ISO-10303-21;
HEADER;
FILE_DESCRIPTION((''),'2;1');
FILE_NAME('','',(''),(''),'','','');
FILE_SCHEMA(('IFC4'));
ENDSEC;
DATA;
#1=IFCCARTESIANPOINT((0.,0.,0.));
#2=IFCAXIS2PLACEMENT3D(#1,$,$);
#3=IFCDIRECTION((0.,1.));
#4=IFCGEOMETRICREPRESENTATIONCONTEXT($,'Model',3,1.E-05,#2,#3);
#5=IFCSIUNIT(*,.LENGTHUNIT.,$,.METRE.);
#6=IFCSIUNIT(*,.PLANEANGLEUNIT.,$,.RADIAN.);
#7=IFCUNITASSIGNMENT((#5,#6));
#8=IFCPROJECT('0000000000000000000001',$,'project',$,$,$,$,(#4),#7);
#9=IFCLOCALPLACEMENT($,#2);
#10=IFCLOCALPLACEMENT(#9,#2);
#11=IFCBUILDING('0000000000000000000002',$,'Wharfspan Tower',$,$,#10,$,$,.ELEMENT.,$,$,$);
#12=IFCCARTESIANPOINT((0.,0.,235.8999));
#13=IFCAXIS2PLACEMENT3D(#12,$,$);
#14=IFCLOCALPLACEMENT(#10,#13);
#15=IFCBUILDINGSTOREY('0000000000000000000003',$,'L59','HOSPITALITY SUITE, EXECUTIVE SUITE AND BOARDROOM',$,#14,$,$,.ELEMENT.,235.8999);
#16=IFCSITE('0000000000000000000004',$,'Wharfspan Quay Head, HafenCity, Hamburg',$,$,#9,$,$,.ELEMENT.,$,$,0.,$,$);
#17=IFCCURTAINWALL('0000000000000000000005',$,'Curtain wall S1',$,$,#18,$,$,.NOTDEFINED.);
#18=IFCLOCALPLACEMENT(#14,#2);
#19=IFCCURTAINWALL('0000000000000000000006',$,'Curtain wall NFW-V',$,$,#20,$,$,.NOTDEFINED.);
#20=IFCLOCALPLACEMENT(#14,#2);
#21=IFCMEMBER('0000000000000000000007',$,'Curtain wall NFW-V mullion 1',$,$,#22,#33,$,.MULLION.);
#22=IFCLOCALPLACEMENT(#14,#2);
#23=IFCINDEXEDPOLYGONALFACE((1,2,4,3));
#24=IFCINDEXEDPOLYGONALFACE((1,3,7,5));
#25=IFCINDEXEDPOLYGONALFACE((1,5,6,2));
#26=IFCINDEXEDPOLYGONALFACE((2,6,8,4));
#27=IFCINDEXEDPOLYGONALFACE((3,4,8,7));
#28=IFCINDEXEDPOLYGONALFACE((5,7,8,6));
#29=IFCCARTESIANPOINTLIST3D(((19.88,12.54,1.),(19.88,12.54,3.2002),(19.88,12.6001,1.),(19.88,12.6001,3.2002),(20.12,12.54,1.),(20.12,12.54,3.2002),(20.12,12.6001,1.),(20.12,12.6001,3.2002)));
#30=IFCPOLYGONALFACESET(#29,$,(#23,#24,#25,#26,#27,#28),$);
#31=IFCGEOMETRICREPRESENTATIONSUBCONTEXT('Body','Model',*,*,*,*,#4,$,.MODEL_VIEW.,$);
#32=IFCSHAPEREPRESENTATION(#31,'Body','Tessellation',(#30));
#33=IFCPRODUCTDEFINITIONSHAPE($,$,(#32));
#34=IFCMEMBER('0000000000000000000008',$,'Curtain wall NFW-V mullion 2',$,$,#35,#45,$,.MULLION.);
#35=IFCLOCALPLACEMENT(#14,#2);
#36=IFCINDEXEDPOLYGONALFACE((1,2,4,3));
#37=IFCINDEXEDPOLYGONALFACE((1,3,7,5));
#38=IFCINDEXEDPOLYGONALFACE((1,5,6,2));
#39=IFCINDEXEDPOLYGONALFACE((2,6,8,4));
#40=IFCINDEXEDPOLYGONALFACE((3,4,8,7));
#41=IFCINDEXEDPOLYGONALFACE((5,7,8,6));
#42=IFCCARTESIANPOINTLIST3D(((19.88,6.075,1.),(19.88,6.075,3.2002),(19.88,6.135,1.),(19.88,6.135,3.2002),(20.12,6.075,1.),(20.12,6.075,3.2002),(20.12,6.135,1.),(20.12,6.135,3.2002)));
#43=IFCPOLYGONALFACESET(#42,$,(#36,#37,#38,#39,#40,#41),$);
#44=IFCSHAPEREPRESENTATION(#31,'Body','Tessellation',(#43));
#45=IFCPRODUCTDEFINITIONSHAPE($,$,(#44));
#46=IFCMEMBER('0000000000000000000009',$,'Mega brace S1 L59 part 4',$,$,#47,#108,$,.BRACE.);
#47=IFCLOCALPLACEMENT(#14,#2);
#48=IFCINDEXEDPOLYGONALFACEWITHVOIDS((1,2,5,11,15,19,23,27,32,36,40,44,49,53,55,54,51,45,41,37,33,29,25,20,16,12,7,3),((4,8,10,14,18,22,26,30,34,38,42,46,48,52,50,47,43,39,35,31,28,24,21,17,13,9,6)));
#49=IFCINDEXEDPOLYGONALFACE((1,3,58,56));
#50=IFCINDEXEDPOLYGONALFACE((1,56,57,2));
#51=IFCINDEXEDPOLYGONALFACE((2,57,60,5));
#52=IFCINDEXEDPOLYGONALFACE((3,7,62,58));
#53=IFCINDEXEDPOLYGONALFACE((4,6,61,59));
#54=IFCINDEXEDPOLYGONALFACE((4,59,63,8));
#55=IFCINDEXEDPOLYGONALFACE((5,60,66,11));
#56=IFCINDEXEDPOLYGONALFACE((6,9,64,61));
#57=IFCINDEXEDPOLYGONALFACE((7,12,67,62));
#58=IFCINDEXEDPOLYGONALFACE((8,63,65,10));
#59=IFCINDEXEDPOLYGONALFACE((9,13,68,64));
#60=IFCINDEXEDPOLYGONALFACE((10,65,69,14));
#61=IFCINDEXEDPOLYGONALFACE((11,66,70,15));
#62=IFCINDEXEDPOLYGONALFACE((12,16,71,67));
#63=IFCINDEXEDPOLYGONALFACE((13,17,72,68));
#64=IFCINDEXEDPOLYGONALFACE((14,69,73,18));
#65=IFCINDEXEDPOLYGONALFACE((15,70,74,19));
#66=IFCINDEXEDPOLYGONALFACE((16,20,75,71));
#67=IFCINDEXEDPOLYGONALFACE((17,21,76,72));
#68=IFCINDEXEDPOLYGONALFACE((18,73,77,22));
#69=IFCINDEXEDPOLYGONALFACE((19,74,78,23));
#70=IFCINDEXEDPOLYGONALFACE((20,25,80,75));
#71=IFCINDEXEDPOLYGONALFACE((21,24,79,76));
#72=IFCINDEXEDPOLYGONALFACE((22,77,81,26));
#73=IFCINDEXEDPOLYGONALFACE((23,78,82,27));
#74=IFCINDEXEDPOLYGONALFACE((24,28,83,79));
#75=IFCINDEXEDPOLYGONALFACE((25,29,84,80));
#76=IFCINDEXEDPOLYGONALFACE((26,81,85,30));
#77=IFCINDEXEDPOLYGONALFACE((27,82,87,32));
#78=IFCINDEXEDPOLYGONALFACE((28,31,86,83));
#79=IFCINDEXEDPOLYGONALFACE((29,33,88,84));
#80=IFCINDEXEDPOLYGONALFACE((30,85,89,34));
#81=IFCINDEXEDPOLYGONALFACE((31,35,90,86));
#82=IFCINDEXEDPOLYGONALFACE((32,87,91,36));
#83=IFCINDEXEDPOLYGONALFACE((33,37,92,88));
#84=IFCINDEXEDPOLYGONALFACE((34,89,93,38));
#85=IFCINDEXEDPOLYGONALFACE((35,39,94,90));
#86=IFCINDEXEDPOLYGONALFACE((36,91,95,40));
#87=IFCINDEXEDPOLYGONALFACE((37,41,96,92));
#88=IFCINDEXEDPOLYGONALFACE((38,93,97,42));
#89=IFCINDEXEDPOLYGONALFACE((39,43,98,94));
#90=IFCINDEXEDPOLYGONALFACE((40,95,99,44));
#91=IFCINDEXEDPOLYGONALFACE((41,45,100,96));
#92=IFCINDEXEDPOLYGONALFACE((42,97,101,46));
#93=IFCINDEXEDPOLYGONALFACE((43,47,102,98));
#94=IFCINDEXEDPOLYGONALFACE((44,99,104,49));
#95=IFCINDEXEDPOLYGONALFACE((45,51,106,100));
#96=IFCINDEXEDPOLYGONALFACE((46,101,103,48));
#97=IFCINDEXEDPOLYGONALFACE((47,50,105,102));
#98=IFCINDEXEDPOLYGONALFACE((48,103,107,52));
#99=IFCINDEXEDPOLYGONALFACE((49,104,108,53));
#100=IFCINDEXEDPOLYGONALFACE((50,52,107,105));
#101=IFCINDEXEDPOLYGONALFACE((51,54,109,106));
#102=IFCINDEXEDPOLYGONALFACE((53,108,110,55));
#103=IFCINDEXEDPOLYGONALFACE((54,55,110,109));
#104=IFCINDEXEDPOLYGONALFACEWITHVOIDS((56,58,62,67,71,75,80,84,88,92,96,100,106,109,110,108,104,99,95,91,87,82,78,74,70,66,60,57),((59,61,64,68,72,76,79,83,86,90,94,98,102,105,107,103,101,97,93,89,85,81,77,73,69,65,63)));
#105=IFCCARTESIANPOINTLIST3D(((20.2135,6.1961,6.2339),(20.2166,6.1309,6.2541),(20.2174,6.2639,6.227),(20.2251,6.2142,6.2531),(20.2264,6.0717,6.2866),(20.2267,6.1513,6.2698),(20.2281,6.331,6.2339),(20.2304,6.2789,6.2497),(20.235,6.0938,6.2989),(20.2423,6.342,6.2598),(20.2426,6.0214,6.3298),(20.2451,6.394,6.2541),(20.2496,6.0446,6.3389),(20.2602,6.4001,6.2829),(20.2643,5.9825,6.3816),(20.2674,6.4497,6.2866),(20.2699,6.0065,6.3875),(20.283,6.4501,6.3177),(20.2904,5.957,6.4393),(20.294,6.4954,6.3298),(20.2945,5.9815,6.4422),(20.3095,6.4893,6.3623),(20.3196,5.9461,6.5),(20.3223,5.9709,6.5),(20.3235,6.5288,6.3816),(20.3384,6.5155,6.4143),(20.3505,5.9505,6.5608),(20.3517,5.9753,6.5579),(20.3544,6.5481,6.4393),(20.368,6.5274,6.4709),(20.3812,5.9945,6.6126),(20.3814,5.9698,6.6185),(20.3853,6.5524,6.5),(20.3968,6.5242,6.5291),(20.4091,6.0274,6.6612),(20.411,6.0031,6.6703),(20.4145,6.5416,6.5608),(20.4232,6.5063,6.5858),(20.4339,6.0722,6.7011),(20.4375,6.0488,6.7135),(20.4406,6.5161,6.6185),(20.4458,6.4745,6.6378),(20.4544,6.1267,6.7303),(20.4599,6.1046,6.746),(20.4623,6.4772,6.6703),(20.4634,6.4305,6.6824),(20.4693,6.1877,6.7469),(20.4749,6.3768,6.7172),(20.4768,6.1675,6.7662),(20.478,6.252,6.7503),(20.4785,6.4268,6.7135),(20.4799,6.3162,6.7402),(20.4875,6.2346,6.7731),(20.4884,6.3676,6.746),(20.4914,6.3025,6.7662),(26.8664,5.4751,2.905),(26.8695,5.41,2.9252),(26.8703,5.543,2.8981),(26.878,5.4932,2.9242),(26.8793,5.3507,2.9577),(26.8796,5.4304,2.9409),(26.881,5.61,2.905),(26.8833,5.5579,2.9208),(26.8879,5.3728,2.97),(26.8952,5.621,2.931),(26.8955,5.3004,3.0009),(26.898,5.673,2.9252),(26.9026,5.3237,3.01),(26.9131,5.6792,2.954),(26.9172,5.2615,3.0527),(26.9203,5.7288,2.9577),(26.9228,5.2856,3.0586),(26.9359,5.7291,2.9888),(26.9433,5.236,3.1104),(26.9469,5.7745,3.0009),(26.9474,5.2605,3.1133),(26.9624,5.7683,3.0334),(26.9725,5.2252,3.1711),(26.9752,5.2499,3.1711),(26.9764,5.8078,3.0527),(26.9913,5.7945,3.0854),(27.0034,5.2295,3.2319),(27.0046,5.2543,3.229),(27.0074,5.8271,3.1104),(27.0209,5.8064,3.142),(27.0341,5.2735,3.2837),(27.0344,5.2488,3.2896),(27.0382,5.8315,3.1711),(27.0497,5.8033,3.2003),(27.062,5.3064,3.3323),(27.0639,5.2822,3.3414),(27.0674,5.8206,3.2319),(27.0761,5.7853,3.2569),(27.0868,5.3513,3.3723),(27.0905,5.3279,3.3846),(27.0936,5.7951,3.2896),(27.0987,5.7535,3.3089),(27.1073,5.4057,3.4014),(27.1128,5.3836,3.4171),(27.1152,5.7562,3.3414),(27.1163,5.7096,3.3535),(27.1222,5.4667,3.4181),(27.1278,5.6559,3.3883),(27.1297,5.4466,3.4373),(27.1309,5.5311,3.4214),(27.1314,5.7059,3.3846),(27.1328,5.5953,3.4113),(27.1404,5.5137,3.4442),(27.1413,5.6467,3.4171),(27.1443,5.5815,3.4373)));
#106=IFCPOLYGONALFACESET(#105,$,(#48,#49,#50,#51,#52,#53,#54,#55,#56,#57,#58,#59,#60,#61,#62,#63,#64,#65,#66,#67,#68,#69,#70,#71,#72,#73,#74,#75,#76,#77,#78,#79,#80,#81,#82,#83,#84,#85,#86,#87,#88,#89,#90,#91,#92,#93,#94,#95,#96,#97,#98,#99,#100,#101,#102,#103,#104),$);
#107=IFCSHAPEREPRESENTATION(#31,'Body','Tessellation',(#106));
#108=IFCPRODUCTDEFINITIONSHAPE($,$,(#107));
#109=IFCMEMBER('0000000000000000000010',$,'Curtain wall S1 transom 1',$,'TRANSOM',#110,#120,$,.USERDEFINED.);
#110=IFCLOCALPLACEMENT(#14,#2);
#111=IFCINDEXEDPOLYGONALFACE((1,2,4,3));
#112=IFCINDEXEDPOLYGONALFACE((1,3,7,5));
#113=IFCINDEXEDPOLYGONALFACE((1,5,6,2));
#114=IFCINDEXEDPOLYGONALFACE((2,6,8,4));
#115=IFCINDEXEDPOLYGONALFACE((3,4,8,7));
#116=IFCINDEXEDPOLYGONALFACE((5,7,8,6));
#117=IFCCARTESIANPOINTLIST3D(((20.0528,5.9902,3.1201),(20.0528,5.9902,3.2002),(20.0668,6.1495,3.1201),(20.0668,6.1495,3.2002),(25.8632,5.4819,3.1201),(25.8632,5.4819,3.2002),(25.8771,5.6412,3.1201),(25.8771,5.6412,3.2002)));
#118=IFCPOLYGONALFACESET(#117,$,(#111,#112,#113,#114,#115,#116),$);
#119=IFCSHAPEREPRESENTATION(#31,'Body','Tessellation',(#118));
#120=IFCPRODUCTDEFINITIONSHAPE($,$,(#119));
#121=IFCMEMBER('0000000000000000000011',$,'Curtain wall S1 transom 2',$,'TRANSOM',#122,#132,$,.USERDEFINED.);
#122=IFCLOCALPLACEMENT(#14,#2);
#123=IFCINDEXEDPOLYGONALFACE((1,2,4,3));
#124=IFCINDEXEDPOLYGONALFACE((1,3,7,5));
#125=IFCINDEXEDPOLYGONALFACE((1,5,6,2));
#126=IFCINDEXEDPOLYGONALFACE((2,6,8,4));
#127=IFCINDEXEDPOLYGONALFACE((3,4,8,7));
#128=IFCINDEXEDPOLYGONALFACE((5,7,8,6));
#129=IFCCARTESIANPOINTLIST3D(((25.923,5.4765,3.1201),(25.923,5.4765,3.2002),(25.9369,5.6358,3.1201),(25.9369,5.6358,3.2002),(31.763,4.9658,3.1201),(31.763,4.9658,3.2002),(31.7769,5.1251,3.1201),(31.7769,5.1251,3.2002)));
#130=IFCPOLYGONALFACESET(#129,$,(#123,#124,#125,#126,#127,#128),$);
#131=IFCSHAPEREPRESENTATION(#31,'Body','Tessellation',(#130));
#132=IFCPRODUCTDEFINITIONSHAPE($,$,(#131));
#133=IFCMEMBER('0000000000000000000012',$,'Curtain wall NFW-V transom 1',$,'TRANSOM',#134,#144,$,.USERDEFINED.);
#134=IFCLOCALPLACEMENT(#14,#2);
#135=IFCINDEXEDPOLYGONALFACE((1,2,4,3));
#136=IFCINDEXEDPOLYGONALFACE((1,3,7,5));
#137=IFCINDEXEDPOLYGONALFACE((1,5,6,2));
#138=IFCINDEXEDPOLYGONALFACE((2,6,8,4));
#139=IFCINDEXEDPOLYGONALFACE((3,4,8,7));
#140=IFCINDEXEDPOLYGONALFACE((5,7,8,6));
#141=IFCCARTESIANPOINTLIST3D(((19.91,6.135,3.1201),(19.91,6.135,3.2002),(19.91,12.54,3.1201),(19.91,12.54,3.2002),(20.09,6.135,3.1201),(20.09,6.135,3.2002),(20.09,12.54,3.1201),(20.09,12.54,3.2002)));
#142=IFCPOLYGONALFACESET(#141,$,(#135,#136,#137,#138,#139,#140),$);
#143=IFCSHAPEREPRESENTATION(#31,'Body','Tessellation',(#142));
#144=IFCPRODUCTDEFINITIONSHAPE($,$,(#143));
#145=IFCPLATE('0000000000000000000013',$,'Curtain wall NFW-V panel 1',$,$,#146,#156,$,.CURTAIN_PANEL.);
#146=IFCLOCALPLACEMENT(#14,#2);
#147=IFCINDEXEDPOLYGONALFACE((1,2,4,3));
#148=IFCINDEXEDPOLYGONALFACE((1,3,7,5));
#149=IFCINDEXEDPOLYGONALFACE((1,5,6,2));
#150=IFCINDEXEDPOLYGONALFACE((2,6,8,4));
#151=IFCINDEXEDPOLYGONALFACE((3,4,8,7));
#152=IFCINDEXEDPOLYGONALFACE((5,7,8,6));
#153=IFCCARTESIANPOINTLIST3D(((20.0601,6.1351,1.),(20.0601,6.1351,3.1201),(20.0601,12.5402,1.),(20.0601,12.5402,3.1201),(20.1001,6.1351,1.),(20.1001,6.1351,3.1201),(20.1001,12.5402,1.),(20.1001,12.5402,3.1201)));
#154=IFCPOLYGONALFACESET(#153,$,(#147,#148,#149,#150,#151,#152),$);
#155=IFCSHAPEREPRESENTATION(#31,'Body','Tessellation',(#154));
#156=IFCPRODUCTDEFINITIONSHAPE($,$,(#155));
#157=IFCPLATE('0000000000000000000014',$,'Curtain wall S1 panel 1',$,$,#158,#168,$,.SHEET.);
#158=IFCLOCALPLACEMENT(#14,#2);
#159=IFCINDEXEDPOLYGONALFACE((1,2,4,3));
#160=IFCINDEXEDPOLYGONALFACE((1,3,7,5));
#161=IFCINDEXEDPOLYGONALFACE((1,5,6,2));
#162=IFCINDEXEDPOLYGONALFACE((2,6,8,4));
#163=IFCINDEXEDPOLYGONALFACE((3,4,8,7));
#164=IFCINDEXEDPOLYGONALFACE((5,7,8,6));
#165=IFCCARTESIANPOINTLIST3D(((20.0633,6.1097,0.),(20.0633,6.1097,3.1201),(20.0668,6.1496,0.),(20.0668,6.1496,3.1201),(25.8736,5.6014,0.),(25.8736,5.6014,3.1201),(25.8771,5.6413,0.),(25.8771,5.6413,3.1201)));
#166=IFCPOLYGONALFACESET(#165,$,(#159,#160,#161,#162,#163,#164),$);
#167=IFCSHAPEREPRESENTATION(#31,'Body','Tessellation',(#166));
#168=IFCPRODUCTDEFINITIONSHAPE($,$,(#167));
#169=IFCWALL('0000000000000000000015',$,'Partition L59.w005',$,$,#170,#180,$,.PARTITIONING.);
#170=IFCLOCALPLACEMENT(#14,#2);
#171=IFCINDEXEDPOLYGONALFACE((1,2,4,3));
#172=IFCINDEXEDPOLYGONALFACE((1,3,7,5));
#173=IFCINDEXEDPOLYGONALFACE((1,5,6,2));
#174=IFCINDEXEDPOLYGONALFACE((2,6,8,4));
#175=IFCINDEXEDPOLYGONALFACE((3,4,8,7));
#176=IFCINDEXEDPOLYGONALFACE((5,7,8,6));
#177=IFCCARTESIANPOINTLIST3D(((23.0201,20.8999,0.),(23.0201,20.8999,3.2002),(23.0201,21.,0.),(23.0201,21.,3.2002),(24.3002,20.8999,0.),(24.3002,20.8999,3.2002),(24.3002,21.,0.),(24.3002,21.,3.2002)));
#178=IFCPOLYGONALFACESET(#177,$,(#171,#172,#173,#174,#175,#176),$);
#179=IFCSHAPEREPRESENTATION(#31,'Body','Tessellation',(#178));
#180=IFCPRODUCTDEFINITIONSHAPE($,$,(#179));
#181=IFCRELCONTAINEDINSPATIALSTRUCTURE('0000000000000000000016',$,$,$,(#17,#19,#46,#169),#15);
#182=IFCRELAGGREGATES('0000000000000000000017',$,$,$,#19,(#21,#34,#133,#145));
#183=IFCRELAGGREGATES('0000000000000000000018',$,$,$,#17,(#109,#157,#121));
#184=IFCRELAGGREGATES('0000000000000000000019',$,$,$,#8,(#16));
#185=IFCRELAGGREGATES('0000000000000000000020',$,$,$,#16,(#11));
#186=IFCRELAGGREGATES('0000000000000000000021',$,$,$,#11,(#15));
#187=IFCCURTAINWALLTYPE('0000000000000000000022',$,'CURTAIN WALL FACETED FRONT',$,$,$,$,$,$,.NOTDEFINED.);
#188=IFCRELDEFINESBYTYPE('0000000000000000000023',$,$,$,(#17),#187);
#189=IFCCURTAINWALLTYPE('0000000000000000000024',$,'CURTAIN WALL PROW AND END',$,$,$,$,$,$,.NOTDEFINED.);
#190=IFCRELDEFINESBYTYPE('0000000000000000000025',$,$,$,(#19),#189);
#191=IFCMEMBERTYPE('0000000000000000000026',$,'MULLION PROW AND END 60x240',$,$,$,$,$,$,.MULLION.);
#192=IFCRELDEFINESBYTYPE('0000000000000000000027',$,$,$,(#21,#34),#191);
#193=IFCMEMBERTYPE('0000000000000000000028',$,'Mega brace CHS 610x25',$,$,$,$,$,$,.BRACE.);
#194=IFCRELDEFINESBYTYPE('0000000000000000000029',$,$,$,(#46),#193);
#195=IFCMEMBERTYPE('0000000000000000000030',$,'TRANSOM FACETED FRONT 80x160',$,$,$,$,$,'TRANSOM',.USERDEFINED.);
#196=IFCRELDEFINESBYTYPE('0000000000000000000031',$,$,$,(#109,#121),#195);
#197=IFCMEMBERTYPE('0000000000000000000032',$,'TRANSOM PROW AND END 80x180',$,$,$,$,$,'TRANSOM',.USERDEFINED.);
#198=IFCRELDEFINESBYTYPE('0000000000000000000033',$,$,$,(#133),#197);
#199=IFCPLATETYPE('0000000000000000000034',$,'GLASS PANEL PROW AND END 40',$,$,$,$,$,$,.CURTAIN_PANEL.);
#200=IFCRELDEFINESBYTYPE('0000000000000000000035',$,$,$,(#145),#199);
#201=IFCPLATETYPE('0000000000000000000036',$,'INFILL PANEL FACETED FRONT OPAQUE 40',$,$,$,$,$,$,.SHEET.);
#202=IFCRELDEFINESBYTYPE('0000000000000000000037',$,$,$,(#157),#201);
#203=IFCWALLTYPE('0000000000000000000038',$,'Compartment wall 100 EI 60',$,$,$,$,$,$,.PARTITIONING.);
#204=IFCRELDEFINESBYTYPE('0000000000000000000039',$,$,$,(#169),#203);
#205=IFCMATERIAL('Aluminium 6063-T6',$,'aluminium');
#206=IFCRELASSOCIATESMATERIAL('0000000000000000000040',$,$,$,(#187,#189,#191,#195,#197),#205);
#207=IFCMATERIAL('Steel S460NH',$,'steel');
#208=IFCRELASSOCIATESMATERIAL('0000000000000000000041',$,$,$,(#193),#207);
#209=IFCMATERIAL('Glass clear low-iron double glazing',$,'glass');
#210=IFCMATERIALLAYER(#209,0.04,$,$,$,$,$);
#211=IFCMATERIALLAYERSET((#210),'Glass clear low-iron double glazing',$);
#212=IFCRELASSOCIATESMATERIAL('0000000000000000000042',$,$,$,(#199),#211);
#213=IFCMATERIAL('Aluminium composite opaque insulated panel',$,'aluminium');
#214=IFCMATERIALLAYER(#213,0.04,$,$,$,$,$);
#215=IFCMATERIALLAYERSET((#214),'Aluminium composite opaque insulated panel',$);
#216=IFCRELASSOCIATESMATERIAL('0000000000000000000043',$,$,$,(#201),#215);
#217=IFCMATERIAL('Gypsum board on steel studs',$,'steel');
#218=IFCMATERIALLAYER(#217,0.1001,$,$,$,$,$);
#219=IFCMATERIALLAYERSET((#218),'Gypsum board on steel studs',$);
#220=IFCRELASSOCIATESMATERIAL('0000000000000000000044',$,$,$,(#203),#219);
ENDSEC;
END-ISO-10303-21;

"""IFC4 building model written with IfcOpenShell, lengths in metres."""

from ifc_helpers import new_model, si_unit, direction, frame, frame_2d, origin, origin_2d, place, context, subcontext, project, spatial, rectangle, hollow_circle, extrude, material, layer, layer_set, material_profile, profile_set, type_object, element, aggregate, save


model = new_model("IFC4")

# Units and contexts
model_context = context("Model", 3, precision=1e-05, world=origin(), true_north=direction((0.0, 1.0)))
body_context = subcontext(model_context, "Body", "Model", "MODEL_VIEW")
ifc_project = project(units=[si_unit("LENGTHUNIT", "METRE"), si_unit("PLANEANGLEUNIT", "RADIAN")], contexts=[model_context])

# Site, building, storey
site_placement = place(None, origin())
site = spatial("IfcSite", under=ifc_project, at=site_placement, Name="Wharfspan Quay Head, HafenCity, Hamburg", CompositionType="ELEMENT", RefElevation=0.0)
building_placement = place(site_placement, origin())
building = spatial("IfcBuilding", under=site, at=building_placement, Name="Wharfspan Tower", CompositionType="ELEMENT")
storey_placement = place(building_placement, frame((0.0, 0.0, 235.8999)))
storey = spatial("IfcBuildingStorey", under=building, at=storey_placement, Name="L59", Description="HOSPITALITY SUITE, EXECUTIVE SUITE AND BOARDROOM", CompositionType="ELEMENT", Elevation=235.8999)

# Curtain walls, members
ifc_material_1 = material(Name="Aluminium 6063-T6", Category="aluminium")
curtain_wall_type_1 = type_object("IfcCurtainWallType", Name="CURTAIN WALL FACETED FRONT", PredefinedType="NOTDEFINED", material=ifc_material_1)
curtain_wall_1_placement = place(storey_placement, origin())
curtain_wall_1 = element("IfcCurtainWall", 1, at=curtain_wall_1_placement, inside=storey, type_object=curtain_wall_type_1, Name="Curtain wall S1", PredefinedType="NOTDEFINED")
curtain_wall_type_2 = type_object("IfcCurtainWallType", Name="CURTAIN WALL PROW AND END", PredefinedType="NOTDEFINED", material=ifc_material_1)
curtain_wall_2_placement = place(storey_placement, origin())
curtain_wall_2 = element("IfcCurtainWall", 2, at=curtain_wall_2_placement, inside=storey, type_object=curtain_wall_type_2, Name="Curtain wall NFW-V", PredefinedType="NOTDEFINED")
ifc_material_profile_1 = material_profile(ifc_material_1, rectangle(XDim=0.24, YDim=0.0601, at=origin_2d()))
ifc_profile_set_1 = profile_set([ifc_material_profile_1], Name="Aluminium 6063-T6")
member_type_1 = type_object("IfcMemberType", Name="MULLION PROW AND END 60x240", PredefinedType="MULLION", material=ifc_profile_set_1)
member_1_placement = place(storey_placement, frame((20.0, 12.5701, 1.0), z_axis=(0.0, 0.0, 1.0), x_axis=(1.0, 0.0, 0.0)))
member_1 = element("IfcMember", 3, at=member_1_placement, type_object=member_type_1, Name="Curtain wall NFW-V mullion 1", PredefinedType="MULLION", context=body_context, shape_type="SweptSolid", body=[
    extrude(rectangle(XDim=0.24, YDim=0.0601, at=origin_2d()), origin(), (0.0, 0.0, 1.0), 2.2002),
])
member_2_placement = place(storey_placement, frame((20.0, 6.105, 1.0), z_axis=(0.0, 0.0, 1.0), x_axis=(1.0, 0.0, 0.0)))
member_2 = element("IfcMember", 4, at=member_2_placement, type_object=member_type_1, Name="Curtain wall NFW-V mullion 2", PredefinedType="MULLION", context=body_context, shape_type="SweptSolid", body=[
    extrude(rectangle(XDim=0.24, YDim=0.0601, at=origin_2d()), origin(), (0.0, 0.0, 1.0), 2.2002),
])

# Members
ifc_material_2 = material(Name="Steel S460NH", Category="steel")
ifc_material_profile_2 = material_profile(ifc_material_2, hollow_circle(Radius=0.3049, WallThickness=0.0249, at=origin_2d()))
ifc_profile_set_2 = profile_set([ifc_material_profile_2], Name="Steel S460NH")
member_type_2 = type_object("IfcMemberType", Name="Mega brace CHS 610x25", PredefinedType="BRACE", material=ifc_profile_set_2)
member_3_placement = place(storey_placement, frame((27.0054, 5.5283, 3.1711), z_axis=(-0.890126, 0.09646, 0.445389), x_axis=(-0.107737, -0.99418, -0.000002)))
element("IfcMember", 5, at=member_3_placement, inside=storey, type_object=member_type_2, Name="Mega brace S1 L59 part 4", PredefinedType="BRACE", context=body_context, shape_type="SweptSolid", body=[
    extrude(hollow_circle(Radius=0.3049, WallThickness=0.0249, at=origin_2d()), origin(), (0.0, 0.0, 1.0), 7.4741),
])
ifc_material_profile_3 = material_profile(ifc_material_1, rectangle(XDim=0.1599, YDim=0.0801, at=origin_2d()))
ifc_profile_set_3 = profile_set([ifc_material_profile_3], Name="Aluminium 6063-T6")
member_type_3 = type_object("IfcMemberType", Name="TRANSOM FACETED FRONT 80x160", ElementType="TRANSOM", PredefinedType="USERDEFINED", material=ifc_profile_set_3)
member_4_placement = place(storey_placement, frame((20.0598, 6.0698, 3.1602), z_axis=(0.996195, -0.08715, 0.0), x_axis=(0.08715, 0.996195, 0.0)))
member_4 = element("IfcMember", 6, at=member_4_placement, type_object=member_type_3, Name="Curtain wall S1 transom 1", ObjectType="TRANSOM", PredefinedType="USERDEFINED", context=body_context, shape_type="SweptSolid", body=[
    extrude(rectangle(XDim=0.1599, YDim=0.0801, at=origin_2d()), origin(), (0.0, 0.0, 1.0), 5.8325),
])
member_5_placement = place(storey_placement, frame((25.9299, 5.5562, 3.1602), z_axis=(0.996198, -0.087122, 0.0), x_axis=(0.087122, 0.996198, 0.0)))
member_5 = element("IfcMember", 7, at=member_5_placement, type_object=member_type_3, Name="Curtain wall S1 transom 2", ObjectType="TRANSOM", PredefinedType="USERDEFINED", context=body_context, shape_type="SweptSolid", body=[
    extrude(rectangle(XDim=0.1599, YDim=0.0801, at=origin_2d()), origin(), (0.0, 0.0, 1.0), 5.8623),
])
ifc_material_profile_4 = material_profile(ifc_material_1, rectangle(XDim=0.1799, YDim=0.0801, at=origin_2d()))
ifc_profile_set_4 = profile_set([ifc_material_profile_4], Name="Aluminium 6063-T6")
member_type_4 = type_object("IfcMemberType", Name="TRANSOM PROW AND END 80x180", ElementType="TRANSOM", PredefinedType="USERDEFINED", material=ifc_profile_set_4)
member_6_placement = place(storey_placement, frame((20.0, 12.54, 3.1602), z_axis=(0.0, -1.0, 0.0), x_axis=(1.0, 0.0, 0.0)))
member_6 = element("IfcMember", 8, at=member_6_placement, type_object=member_type_4, Name="Curtain wall NFW-V transom 1", ObjectType="TRANSOM", PredefinedType="USERDEFINED", context=body_context, shape_type="SweptSolid", body=[
    extrude(rectangle(XDim=0.1799, YDim=0.0801, at=origin_2d()), origin(), (0.0, 0.0, 1.0), 6.405),
])

# Plates
ifc_material_3 = material(Name="Glass clear low-iron double glazing", Category="glass")
ifc_layer_1 = layer(ifc_material_3, 0.04)
ifc_layer_set_1 = layer_set([ifc_layer_1], Name="Glass clear low-iron double glazing")
plate_type_1 = type_object("IfcPlateType", Name="GLASS PANEL PROW AND END 40", PredefinedType="CURTAIN_PANEL", material=ifc_layer_set_1)
plate_1_placement = place(storey_placement, frame((20.0801, 9.3376, 1.0), z_axis=(0.0, 0.0, 1.0), x_axis=(0.0, -1.0, 0.0)))
plate_1 = element("IfcPlate", 9, at=plate_1_placement, type_object=plate_type_1, Name="Curtain wall NFW-V panel 1", PredefinedType="CURTAIN_PANEL", context=body_context, shape_type="SweptSolid", body=[
    extrude(rectangle(XDim=6.405, YDim=0.04, at=origin_2d()), origin(), (0.0, 0.0, 1.0), 2.1201),
])
aggregate(curtain_wall_2, [member_1, member_2, member_6, plate_1])
ifc_material_4 = material(Name="Aluminium composite opaque insulated panel", Category="aluminium")
ifc_layer_2 = layer(ifc_material_4, 0.04)
ifc_layer_set_2 = layer_set([ifc_layer_2], Name="Aluminium composite opaque insulated panel")
plate_type_2 = type_object("IfcPlateType", Name="INFILL PANEL FACETED FRONT OPAQUE 40", PredefinedType="SHEET", material=ifc_layer_set_2)
plate_2_placement = place(storey_placement, frame((22.9702, 5.8755, 0.0), z_axis=(0.0, 0.0, 1.0), x_axis=(0.996197, -0.087156, 0.0)))
plate_2 = element("IfcPlate", 10, at=plate_2_placement, type_object=plate_type_2, Name="Curtain wall S1 panel 1", PredefinedType="SHEET", context=body_context, shape_type="SweptSolid", body=[
    extrude(rectangle(XDim=5.8325, YDim=0.04, at=origin_2d()), origin(), (0.0, 0.0, 1.0), 3.1201),
])
aggregate(curtain_wall_1, [member_4, plate_2, member_5])

# Wall
ifc_material_5 = material(Name="Gypsum board on steel studs", Category="steel")
ifc_layer_3 = layer(ifc_material_5, 0.1001)
ifc_layer_set_3 = layer_set([ifc_layer_3], Name="Gypsum board on steel studs")
wall_type_1 = type_object("IfcWallType", Name="Compartment wall 100 EI 60", PredefinedType="PARTITIONING", material=ifc_layer_set_3)
wall_1_placement = place(storey_placement, frame((23.02, 20.95, 0.0), z_axis=(0.0, 0.0, 1.0), x_axis=(1.0, 0.0, 0.0)))
element("IfcWall", 11, at=wall_1_placement, inside=storey, type_object=wall_type_1, Name="Partition L59.w005", PredefinedType="PARTITIONING", context=body_context, shape_type="SweptSolid", body=[
    extrude(rectangle(XDim=1.28, YDim=0.1001, at=frame_2d((0.6401, 0.0))), origin(), (0.0, 0.0, 1.0), 3.2002),
])

save(model, "model.ifc")
